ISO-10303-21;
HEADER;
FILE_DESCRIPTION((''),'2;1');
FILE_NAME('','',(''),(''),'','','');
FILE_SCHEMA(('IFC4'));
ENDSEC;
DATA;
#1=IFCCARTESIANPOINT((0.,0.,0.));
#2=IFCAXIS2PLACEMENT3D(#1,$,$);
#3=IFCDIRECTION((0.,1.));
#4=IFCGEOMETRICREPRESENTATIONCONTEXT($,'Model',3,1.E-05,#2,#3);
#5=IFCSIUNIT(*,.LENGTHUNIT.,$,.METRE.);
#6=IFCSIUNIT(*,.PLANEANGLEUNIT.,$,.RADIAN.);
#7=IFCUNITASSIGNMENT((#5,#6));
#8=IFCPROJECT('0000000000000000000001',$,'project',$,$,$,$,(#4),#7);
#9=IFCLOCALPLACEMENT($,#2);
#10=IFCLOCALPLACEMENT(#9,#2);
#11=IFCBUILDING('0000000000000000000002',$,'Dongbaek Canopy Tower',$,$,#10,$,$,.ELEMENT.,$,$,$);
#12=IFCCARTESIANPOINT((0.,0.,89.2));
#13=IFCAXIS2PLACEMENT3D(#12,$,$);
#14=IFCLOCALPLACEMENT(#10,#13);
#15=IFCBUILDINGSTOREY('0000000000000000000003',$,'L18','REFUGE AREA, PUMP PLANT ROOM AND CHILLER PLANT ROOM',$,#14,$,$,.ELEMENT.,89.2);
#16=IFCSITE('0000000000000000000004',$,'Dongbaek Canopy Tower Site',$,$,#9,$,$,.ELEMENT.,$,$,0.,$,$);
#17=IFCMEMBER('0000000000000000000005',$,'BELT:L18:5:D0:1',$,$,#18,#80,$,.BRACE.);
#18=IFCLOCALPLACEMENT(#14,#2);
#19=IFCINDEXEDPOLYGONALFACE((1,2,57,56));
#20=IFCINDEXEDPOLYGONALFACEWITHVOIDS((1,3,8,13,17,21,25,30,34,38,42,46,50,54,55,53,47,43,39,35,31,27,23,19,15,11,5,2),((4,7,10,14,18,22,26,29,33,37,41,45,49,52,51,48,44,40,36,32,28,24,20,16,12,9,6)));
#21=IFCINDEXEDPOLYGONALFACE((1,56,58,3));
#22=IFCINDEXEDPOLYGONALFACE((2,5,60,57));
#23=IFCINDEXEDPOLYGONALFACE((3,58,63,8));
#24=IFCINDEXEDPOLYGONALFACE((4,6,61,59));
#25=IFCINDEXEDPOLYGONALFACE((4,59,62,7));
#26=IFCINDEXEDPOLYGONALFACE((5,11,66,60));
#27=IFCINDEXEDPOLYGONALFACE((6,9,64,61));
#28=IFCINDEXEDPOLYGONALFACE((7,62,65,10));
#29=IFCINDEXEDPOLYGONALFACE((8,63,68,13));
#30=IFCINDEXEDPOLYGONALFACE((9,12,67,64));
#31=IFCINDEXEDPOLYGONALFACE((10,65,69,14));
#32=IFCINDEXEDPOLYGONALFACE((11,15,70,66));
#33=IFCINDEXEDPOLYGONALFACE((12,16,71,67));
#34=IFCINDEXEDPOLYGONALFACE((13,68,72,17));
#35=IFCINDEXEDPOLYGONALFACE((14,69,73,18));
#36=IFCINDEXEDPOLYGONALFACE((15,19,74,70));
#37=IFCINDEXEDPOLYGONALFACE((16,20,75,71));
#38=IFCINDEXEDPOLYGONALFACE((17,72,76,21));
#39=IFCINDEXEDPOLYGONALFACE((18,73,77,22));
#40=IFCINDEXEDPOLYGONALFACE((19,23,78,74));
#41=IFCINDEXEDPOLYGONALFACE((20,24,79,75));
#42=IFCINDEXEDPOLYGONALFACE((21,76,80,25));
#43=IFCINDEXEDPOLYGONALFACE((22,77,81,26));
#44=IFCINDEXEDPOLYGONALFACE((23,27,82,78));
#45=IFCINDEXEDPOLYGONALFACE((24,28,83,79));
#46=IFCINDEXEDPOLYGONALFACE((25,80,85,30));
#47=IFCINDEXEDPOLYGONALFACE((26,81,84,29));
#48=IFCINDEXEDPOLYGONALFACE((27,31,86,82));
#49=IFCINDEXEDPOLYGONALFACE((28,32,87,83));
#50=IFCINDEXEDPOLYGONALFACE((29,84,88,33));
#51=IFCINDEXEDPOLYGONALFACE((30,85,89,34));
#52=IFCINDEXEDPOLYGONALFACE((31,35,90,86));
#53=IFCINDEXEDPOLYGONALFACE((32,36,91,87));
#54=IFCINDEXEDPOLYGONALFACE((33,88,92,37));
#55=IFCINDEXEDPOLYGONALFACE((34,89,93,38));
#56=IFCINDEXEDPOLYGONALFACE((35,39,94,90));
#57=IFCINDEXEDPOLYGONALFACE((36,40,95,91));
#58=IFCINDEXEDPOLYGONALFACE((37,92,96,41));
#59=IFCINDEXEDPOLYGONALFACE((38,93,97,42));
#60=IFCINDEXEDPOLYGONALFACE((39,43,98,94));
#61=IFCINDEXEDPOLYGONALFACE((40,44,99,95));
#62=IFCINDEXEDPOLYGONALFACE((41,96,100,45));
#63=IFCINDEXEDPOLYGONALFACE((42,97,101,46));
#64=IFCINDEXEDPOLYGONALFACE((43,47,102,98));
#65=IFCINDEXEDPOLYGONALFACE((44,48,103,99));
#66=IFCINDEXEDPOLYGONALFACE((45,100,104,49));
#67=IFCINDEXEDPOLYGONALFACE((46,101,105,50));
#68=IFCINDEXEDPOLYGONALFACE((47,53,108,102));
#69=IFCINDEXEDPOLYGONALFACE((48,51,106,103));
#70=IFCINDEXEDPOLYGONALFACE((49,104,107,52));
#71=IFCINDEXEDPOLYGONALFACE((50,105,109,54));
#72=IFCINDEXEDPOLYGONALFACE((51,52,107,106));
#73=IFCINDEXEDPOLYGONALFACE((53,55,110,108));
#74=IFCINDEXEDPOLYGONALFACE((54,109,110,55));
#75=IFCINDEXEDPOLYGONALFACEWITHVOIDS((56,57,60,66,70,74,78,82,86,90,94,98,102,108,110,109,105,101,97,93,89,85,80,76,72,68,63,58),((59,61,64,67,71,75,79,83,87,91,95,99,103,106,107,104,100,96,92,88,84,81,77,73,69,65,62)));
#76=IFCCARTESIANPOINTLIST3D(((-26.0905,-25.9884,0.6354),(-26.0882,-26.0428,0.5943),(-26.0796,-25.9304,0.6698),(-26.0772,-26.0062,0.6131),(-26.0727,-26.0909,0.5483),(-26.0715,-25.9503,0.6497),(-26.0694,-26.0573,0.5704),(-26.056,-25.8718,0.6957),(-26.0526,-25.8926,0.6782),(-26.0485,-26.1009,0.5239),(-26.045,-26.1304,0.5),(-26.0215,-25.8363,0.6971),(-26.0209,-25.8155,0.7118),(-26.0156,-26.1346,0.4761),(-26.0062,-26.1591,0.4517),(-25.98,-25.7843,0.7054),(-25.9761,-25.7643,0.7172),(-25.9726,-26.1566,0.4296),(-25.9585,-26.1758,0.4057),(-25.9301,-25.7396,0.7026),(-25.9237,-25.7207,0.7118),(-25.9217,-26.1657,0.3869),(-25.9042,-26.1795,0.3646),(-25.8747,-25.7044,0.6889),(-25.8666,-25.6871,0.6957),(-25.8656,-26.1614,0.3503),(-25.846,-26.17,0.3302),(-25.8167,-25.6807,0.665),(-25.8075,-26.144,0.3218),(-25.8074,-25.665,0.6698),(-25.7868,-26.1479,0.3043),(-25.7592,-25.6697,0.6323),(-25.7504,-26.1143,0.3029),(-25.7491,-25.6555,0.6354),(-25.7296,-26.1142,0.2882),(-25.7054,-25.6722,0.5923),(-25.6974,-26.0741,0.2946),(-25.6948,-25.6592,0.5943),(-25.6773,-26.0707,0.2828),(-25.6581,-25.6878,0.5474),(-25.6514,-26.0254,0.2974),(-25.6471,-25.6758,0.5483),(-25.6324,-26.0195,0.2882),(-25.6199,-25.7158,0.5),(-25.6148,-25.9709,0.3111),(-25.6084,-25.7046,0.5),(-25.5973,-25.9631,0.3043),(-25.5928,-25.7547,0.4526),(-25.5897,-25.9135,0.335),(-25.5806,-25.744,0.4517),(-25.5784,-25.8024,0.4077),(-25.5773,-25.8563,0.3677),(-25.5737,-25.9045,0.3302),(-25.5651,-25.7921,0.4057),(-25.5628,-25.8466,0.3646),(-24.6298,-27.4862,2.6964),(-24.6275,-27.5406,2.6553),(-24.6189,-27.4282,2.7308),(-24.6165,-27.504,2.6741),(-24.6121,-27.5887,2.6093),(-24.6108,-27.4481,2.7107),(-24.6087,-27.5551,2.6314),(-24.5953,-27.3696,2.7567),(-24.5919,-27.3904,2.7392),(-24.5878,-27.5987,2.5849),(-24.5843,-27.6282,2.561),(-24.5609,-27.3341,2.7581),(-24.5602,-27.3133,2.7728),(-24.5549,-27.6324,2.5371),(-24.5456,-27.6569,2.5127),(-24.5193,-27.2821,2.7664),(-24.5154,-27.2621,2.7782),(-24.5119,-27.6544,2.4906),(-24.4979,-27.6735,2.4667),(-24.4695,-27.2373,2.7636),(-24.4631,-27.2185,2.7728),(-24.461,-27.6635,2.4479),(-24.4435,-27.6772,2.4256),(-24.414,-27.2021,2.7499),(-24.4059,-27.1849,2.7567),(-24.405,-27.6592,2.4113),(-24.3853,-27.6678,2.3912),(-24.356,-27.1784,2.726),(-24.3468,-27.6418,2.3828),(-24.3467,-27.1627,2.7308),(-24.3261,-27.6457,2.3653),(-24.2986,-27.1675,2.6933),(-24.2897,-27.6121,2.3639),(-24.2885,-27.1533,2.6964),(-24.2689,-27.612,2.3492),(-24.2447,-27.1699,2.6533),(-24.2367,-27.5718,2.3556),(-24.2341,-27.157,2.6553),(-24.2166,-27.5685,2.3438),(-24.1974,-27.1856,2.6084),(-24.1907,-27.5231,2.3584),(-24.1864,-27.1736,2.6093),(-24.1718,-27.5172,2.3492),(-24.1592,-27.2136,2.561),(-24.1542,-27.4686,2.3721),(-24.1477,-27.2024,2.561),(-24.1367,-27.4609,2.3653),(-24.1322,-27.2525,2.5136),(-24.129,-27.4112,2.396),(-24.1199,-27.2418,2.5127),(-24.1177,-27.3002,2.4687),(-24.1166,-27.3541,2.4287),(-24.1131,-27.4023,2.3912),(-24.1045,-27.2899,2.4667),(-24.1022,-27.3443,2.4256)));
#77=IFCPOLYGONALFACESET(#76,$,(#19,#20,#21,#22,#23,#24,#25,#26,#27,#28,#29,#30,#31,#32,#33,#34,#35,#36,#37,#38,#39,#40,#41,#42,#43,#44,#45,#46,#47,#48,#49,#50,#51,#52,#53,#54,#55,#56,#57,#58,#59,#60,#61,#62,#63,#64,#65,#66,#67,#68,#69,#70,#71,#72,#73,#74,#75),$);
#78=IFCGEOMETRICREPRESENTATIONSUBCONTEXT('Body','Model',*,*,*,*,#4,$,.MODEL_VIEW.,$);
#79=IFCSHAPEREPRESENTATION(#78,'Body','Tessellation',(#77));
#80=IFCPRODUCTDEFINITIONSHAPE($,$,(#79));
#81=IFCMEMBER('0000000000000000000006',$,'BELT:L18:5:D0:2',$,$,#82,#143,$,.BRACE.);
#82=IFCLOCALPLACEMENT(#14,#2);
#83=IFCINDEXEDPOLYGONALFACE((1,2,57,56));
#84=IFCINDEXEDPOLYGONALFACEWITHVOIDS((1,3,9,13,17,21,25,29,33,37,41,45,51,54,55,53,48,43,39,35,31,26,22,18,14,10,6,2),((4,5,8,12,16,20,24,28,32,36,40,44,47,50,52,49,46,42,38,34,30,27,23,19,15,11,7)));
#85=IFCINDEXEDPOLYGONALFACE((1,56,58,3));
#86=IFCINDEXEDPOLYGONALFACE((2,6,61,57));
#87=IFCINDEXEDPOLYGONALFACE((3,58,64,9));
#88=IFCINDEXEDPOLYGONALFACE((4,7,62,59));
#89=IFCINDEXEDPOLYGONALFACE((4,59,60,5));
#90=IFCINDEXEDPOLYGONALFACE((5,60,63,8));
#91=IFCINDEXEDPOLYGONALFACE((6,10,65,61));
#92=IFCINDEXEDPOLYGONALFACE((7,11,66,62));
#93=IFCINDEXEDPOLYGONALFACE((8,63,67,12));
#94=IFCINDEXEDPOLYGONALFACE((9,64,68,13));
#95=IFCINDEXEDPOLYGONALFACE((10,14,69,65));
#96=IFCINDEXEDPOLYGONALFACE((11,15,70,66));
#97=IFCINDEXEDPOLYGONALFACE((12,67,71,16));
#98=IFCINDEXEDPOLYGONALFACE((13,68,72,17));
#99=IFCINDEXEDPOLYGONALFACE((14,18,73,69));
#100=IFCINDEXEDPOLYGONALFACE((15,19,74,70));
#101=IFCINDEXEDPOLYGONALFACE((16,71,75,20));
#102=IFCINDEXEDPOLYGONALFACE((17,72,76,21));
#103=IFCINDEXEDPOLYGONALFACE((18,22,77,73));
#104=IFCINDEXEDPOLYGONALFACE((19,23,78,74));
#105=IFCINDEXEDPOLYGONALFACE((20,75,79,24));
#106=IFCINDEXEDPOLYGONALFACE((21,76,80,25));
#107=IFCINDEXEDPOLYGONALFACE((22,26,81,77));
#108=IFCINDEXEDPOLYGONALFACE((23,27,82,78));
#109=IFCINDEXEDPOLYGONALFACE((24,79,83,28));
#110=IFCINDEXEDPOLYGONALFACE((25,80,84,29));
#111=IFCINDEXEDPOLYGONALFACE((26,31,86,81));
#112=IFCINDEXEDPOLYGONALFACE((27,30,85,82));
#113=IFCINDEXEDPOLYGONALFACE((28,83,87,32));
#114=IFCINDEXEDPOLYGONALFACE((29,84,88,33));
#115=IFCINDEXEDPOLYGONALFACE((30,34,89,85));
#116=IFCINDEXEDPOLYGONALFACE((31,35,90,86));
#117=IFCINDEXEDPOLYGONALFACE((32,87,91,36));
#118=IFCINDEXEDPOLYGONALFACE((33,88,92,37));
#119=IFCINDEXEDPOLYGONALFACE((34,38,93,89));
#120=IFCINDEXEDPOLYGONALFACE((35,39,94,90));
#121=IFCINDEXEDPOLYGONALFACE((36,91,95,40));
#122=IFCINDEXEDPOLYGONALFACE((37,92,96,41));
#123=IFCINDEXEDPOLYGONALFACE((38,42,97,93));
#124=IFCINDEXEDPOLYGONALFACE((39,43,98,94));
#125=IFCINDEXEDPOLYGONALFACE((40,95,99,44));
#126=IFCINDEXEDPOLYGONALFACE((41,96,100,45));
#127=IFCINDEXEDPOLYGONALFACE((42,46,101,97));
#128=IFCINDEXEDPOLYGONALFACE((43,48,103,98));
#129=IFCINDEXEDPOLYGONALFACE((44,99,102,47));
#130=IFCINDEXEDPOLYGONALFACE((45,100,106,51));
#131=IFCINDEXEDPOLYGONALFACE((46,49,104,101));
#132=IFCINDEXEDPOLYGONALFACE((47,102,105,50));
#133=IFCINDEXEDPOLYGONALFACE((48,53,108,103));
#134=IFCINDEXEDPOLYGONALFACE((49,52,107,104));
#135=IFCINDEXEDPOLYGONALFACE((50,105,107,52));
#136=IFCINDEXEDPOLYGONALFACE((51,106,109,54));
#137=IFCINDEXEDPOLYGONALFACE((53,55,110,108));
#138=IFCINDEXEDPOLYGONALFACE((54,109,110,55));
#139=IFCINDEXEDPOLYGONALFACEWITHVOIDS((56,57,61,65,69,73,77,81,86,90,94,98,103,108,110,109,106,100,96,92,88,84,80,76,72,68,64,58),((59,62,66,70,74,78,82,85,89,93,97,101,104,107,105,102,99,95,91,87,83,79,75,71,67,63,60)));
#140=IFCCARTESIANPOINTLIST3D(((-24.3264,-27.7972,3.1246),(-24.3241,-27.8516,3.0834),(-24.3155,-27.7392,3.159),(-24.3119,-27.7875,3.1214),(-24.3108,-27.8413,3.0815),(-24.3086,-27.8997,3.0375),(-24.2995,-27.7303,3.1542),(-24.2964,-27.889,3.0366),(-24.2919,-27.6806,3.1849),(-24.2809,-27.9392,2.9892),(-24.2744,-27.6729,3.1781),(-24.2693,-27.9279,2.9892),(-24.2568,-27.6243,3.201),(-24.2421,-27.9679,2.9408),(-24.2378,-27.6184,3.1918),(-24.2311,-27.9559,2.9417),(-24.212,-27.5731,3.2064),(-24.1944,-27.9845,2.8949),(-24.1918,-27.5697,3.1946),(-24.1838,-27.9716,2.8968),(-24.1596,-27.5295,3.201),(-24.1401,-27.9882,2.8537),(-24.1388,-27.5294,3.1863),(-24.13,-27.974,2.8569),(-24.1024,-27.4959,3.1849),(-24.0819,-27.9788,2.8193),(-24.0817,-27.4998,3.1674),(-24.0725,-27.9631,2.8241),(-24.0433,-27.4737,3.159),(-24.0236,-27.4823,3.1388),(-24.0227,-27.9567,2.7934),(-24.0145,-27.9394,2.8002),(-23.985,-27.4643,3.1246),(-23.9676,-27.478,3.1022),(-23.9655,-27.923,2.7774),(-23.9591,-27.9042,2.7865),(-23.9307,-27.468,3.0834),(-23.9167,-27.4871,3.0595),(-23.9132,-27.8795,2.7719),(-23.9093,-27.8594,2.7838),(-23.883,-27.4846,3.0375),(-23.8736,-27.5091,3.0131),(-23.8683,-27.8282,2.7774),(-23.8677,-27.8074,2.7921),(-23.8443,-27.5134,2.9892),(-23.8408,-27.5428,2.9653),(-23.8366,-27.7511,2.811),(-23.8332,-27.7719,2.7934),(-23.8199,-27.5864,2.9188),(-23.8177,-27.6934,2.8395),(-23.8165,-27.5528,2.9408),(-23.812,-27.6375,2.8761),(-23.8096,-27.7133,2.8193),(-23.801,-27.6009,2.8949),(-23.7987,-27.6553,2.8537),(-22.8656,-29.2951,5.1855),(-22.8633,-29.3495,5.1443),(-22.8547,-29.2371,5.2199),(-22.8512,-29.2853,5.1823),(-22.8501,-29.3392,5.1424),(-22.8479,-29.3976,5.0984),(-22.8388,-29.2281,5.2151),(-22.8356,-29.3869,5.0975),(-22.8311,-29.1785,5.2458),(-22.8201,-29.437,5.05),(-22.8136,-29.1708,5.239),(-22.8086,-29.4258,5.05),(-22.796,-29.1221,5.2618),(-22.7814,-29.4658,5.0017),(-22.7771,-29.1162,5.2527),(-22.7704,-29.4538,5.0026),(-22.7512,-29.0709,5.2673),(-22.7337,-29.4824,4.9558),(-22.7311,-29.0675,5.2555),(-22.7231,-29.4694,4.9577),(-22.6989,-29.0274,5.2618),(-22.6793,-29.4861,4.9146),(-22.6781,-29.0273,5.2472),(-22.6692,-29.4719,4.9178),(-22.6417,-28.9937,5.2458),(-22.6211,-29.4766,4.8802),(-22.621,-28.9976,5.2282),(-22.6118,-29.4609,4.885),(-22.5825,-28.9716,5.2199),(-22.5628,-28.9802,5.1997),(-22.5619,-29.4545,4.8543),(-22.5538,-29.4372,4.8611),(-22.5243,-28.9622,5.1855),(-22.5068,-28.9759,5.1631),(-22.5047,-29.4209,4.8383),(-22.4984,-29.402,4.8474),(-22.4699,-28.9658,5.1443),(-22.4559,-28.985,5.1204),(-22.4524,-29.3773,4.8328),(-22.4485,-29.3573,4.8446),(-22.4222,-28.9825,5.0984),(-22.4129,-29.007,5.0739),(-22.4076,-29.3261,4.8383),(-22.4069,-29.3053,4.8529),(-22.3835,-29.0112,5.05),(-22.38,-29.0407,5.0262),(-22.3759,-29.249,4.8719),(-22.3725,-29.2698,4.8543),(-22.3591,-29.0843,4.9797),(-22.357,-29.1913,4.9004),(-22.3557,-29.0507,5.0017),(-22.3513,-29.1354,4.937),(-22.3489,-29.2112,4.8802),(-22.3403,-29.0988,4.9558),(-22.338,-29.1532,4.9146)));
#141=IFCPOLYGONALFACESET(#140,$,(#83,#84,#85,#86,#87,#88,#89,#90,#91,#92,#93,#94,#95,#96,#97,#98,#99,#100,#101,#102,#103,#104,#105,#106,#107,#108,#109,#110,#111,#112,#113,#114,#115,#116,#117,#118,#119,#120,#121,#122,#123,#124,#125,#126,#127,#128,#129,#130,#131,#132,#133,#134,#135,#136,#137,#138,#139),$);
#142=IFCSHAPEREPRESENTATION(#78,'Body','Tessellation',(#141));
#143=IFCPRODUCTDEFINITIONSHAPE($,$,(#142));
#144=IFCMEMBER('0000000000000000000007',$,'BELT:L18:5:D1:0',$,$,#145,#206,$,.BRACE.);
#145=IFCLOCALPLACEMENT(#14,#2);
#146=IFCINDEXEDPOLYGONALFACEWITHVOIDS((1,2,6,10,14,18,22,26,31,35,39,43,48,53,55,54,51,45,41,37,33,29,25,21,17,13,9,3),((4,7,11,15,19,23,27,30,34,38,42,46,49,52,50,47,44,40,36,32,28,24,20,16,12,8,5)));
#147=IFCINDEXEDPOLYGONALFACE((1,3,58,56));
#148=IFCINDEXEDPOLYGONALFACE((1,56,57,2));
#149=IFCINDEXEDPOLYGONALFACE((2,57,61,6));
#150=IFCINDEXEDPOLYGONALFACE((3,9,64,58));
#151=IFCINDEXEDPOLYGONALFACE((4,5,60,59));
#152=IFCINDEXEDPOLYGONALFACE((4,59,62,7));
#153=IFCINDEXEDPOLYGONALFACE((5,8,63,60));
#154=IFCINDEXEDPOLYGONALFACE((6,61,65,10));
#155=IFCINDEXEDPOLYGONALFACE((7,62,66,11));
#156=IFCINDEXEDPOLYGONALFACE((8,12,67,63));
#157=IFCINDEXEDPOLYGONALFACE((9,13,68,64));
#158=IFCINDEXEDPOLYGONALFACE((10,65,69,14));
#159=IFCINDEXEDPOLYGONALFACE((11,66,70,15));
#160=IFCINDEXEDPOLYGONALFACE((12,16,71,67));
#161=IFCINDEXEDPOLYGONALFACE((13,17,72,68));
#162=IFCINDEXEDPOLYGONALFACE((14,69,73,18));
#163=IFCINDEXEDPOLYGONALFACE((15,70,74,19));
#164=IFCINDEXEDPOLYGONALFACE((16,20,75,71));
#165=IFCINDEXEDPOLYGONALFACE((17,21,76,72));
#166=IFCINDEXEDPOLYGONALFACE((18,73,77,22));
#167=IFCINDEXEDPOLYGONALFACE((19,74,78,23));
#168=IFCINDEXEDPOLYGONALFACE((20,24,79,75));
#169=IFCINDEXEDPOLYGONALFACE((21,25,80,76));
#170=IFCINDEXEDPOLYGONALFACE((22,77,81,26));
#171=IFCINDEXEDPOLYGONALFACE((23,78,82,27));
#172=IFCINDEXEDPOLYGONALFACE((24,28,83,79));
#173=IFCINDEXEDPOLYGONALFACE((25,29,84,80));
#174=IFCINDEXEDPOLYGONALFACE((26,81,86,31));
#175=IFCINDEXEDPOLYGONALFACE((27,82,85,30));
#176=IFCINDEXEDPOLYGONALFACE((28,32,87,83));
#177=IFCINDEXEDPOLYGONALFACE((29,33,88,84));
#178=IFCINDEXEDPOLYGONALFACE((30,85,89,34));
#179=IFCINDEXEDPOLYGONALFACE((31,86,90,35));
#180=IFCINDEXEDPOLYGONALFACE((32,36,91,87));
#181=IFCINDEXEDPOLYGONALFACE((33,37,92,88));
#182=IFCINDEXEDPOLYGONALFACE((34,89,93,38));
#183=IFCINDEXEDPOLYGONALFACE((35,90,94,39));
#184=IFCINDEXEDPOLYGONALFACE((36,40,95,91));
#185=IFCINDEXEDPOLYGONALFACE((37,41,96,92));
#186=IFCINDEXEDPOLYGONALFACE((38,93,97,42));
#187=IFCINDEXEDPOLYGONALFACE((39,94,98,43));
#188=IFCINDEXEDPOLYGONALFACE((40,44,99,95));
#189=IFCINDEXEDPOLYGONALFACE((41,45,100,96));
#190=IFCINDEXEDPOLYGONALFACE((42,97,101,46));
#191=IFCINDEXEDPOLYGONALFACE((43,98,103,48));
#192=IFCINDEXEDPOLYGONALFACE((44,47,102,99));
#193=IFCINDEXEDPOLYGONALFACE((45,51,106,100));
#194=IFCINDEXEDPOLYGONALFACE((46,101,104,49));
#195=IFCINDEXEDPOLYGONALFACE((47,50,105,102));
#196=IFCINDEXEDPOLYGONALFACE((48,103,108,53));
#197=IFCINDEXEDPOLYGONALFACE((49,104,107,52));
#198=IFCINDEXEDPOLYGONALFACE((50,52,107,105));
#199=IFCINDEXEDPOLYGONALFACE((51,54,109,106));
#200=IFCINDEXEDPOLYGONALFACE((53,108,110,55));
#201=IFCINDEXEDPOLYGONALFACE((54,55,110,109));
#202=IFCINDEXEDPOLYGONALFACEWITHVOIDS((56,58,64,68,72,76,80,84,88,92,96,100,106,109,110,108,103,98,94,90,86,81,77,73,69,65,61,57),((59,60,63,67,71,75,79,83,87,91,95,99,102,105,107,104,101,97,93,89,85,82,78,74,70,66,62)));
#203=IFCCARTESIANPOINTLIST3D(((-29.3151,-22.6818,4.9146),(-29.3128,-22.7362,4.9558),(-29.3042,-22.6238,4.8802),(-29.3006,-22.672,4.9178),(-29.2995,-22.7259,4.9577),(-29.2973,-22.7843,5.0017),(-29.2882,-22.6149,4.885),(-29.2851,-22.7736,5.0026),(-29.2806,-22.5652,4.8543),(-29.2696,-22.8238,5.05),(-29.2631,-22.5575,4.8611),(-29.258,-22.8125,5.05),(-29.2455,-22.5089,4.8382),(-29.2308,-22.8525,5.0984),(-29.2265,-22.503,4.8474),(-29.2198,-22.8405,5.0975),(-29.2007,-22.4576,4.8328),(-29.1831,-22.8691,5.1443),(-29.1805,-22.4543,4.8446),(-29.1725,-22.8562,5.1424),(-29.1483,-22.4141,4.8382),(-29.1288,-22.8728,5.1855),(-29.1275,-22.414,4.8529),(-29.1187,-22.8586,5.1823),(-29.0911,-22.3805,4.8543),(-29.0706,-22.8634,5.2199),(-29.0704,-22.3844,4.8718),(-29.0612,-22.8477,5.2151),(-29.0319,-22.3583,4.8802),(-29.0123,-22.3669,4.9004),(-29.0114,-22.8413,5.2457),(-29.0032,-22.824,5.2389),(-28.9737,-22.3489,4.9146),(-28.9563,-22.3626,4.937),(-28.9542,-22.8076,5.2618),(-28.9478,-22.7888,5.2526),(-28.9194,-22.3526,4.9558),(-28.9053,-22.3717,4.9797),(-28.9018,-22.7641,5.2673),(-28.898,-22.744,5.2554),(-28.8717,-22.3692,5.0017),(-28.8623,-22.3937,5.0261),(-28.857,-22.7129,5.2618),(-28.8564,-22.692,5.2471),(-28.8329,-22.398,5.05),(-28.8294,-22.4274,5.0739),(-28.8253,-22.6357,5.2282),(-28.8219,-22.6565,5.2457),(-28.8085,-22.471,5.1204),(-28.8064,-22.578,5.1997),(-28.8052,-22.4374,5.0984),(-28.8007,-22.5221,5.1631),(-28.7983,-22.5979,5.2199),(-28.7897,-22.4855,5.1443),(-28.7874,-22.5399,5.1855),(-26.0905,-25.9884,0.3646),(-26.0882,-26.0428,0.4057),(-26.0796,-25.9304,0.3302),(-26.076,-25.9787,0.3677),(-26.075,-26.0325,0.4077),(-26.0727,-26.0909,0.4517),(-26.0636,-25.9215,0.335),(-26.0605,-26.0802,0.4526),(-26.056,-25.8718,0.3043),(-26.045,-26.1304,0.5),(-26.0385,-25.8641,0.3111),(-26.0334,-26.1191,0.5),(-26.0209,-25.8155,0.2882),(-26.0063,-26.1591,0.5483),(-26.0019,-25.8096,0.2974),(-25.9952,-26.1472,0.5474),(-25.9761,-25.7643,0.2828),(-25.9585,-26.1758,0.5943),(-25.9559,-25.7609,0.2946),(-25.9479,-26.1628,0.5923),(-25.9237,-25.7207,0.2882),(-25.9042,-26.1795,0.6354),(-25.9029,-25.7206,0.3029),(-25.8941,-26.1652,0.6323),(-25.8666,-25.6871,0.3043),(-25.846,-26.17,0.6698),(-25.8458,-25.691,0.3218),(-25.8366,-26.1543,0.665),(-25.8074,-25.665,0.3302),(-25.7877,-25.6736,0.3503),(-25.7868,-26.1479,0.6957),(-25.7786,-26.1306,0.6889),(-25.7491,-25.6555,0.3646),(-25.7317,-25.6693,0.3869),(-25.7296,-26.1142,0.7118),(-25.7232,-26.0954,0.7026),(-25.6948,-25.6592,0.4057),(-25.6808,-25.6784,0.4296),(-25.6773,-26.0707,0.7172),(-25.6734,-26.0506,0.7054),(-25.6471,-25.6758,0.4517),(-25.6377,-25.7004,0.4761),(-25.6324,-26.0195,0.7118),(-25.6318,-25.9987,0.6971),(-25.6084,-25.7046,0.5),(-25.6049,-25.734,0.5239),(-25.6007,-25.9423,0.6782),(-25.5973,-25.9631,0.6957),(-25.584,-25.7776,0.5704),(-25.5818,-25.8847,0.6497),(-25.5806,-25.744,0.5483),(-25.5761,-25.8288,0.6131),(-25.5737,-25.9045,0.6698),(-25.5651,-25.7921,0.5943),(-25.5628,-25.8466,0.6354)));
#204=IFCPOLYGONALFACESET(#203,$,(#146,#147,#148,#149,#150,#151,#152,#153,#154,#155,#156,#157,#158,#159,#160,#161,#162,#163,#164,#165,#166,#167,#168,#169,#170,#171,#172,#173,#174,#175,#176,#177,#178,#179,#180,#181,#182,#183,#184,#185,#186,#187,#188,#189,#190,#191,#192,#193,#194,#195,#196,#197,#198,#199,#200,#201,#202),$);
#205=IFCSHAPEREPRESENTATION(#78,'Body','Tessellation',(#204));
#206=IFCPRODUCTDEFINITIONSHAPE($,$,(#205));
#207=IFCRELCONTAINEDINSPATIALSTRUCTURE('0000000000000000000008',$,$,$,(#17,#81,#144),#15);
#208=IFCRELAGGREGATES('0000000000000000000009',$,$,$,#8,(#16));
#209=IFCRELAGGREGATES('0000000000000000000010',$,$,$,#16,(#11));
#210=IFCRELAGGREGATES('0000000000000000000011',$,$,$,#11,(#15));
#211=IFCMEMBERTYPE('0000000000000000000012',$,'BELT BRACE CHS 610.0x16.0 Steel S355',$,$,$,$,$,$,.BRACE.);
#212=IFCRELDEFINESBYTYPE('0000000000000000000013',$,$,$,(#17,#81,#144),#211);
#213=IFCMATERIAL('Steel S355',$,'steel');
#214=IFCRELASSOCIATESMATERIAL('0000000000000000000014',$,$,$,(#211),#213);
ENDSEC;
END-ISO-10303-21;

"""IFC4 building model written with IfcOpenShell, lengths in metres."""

from ifc_helpers import new_model, si_unit, direction, frame, origin, origin_2d, place, context, subcontext, project, spatial, hollow_circle, extrude, material, material_profile, profile_set, type_object, element, save


model = new_model("IFC4")

# Units and contexts
model_context = context("Model", 3, precision=1e-05, world=origin(), true_north=direction((0.0, 1.0)))
body_context = subcontext(model_context, "Body", "Model", "MODEL_VIEW")
ifc_project = project(units=[si_unit("LENGTHUNIT", "METRE"), si_unit("PLANEANGLEUNIT", "RADIAN")], contexts=[model_context])

# Site, building, storey
site_placement = place(None, origin())
site = spatial("IfcSite", under=ifc_project, at=site_placement, Name="Dongbaek Canopy Tower Site", CompositionType="ELEMENT", RefElevation=0.0)
building_placement = place(site_placement, origin())
building = spatial("IfcBuilding", under=site, at=building_placement, Name="Dongbaek Canopy Tower", CompositionType="ELEMENT")
storey_placement = place(building_placement, frame((0.0, 0.0, 89.2)))
storey = spatial("IfcBuildingStorey", under=building, at=storey_placement, Name="L18", Description="REFUGE AREA, PUMP PLANT ROOM AND CHILLER PLANT ROOM", CompositionType="ELEMENT", Elevation=89.2)

# Members
ifc_material_1 = material(Name="Steel S355", Category="steel")
ifc_material_profile_1 = material_profile(ifc_material_1, hollow_circle(Radius=0.3049, WallThickness=0.0161, at=origin_2d()), Name="BELT BRACE CHS 610.0x16.0 Steel S355")
ifc_profile_set_1 = profile_set([ifc_material_profile_1], Name="Steel S355")
member_type_1 = type_object("IfcMemberType", Name="BELT BRACE CHS 610.0x16.0 Steel S355", PredefinedType="BRACE", material=ifc_profile_set_1)
for number, where, z_axis, x_axis, name in (
    (1, (-25.8267, -25.9175, 0.5), (0.497373, -0.510009, 0.701792), (0.71592, 0.698182, 0.0), "BELT:L18:5:D0:1"),
    (2, (-22.6018, -29.2241, 5.05), (-0.497402, 0.510038, -0.70175), (-0.71592, -0.698182, 0.0), "BELT:L18:5:D0:2"),
):
    element("IfcMember", number, at=place(storey_placement, frame(where, z_axis=z_axis, x_axis=x_axis)), inside=storey, type_object=member_type_1, Name=name, PredefinedType="BRACE", context=body_context, shape_type="SweptSolid", body=[
        extrude(hollow_circle(Radius=0.3049, WallThickness=0.0161, at=origin_2d()), origin(), (0.0, 0.0, 1.0), 2.9368),
    ])
member_1_placement = place(storey_placement, frame((-25.8267, -25.9175, 0.5), z_axis=(-0.497361, 0.510014, 0.701796), x_axis=(-0.715931, -0.698171, 0.0)))
element("IfcMember", 3, at=member_1_placement, inside=storey, type_object=member_type_1, Name="BELT:L18:5:D1:0", PredefinedType="BRACE", context=body_context, shape_type="SweptSolid", body=[
    extrude(hollow_circle(Radius=0.3049, WallThickness=0.0161, at=origin_2d()), origin(), (0.0, 0.0, 1.0), 6.4834),
])

save(model, "model.ifc")
